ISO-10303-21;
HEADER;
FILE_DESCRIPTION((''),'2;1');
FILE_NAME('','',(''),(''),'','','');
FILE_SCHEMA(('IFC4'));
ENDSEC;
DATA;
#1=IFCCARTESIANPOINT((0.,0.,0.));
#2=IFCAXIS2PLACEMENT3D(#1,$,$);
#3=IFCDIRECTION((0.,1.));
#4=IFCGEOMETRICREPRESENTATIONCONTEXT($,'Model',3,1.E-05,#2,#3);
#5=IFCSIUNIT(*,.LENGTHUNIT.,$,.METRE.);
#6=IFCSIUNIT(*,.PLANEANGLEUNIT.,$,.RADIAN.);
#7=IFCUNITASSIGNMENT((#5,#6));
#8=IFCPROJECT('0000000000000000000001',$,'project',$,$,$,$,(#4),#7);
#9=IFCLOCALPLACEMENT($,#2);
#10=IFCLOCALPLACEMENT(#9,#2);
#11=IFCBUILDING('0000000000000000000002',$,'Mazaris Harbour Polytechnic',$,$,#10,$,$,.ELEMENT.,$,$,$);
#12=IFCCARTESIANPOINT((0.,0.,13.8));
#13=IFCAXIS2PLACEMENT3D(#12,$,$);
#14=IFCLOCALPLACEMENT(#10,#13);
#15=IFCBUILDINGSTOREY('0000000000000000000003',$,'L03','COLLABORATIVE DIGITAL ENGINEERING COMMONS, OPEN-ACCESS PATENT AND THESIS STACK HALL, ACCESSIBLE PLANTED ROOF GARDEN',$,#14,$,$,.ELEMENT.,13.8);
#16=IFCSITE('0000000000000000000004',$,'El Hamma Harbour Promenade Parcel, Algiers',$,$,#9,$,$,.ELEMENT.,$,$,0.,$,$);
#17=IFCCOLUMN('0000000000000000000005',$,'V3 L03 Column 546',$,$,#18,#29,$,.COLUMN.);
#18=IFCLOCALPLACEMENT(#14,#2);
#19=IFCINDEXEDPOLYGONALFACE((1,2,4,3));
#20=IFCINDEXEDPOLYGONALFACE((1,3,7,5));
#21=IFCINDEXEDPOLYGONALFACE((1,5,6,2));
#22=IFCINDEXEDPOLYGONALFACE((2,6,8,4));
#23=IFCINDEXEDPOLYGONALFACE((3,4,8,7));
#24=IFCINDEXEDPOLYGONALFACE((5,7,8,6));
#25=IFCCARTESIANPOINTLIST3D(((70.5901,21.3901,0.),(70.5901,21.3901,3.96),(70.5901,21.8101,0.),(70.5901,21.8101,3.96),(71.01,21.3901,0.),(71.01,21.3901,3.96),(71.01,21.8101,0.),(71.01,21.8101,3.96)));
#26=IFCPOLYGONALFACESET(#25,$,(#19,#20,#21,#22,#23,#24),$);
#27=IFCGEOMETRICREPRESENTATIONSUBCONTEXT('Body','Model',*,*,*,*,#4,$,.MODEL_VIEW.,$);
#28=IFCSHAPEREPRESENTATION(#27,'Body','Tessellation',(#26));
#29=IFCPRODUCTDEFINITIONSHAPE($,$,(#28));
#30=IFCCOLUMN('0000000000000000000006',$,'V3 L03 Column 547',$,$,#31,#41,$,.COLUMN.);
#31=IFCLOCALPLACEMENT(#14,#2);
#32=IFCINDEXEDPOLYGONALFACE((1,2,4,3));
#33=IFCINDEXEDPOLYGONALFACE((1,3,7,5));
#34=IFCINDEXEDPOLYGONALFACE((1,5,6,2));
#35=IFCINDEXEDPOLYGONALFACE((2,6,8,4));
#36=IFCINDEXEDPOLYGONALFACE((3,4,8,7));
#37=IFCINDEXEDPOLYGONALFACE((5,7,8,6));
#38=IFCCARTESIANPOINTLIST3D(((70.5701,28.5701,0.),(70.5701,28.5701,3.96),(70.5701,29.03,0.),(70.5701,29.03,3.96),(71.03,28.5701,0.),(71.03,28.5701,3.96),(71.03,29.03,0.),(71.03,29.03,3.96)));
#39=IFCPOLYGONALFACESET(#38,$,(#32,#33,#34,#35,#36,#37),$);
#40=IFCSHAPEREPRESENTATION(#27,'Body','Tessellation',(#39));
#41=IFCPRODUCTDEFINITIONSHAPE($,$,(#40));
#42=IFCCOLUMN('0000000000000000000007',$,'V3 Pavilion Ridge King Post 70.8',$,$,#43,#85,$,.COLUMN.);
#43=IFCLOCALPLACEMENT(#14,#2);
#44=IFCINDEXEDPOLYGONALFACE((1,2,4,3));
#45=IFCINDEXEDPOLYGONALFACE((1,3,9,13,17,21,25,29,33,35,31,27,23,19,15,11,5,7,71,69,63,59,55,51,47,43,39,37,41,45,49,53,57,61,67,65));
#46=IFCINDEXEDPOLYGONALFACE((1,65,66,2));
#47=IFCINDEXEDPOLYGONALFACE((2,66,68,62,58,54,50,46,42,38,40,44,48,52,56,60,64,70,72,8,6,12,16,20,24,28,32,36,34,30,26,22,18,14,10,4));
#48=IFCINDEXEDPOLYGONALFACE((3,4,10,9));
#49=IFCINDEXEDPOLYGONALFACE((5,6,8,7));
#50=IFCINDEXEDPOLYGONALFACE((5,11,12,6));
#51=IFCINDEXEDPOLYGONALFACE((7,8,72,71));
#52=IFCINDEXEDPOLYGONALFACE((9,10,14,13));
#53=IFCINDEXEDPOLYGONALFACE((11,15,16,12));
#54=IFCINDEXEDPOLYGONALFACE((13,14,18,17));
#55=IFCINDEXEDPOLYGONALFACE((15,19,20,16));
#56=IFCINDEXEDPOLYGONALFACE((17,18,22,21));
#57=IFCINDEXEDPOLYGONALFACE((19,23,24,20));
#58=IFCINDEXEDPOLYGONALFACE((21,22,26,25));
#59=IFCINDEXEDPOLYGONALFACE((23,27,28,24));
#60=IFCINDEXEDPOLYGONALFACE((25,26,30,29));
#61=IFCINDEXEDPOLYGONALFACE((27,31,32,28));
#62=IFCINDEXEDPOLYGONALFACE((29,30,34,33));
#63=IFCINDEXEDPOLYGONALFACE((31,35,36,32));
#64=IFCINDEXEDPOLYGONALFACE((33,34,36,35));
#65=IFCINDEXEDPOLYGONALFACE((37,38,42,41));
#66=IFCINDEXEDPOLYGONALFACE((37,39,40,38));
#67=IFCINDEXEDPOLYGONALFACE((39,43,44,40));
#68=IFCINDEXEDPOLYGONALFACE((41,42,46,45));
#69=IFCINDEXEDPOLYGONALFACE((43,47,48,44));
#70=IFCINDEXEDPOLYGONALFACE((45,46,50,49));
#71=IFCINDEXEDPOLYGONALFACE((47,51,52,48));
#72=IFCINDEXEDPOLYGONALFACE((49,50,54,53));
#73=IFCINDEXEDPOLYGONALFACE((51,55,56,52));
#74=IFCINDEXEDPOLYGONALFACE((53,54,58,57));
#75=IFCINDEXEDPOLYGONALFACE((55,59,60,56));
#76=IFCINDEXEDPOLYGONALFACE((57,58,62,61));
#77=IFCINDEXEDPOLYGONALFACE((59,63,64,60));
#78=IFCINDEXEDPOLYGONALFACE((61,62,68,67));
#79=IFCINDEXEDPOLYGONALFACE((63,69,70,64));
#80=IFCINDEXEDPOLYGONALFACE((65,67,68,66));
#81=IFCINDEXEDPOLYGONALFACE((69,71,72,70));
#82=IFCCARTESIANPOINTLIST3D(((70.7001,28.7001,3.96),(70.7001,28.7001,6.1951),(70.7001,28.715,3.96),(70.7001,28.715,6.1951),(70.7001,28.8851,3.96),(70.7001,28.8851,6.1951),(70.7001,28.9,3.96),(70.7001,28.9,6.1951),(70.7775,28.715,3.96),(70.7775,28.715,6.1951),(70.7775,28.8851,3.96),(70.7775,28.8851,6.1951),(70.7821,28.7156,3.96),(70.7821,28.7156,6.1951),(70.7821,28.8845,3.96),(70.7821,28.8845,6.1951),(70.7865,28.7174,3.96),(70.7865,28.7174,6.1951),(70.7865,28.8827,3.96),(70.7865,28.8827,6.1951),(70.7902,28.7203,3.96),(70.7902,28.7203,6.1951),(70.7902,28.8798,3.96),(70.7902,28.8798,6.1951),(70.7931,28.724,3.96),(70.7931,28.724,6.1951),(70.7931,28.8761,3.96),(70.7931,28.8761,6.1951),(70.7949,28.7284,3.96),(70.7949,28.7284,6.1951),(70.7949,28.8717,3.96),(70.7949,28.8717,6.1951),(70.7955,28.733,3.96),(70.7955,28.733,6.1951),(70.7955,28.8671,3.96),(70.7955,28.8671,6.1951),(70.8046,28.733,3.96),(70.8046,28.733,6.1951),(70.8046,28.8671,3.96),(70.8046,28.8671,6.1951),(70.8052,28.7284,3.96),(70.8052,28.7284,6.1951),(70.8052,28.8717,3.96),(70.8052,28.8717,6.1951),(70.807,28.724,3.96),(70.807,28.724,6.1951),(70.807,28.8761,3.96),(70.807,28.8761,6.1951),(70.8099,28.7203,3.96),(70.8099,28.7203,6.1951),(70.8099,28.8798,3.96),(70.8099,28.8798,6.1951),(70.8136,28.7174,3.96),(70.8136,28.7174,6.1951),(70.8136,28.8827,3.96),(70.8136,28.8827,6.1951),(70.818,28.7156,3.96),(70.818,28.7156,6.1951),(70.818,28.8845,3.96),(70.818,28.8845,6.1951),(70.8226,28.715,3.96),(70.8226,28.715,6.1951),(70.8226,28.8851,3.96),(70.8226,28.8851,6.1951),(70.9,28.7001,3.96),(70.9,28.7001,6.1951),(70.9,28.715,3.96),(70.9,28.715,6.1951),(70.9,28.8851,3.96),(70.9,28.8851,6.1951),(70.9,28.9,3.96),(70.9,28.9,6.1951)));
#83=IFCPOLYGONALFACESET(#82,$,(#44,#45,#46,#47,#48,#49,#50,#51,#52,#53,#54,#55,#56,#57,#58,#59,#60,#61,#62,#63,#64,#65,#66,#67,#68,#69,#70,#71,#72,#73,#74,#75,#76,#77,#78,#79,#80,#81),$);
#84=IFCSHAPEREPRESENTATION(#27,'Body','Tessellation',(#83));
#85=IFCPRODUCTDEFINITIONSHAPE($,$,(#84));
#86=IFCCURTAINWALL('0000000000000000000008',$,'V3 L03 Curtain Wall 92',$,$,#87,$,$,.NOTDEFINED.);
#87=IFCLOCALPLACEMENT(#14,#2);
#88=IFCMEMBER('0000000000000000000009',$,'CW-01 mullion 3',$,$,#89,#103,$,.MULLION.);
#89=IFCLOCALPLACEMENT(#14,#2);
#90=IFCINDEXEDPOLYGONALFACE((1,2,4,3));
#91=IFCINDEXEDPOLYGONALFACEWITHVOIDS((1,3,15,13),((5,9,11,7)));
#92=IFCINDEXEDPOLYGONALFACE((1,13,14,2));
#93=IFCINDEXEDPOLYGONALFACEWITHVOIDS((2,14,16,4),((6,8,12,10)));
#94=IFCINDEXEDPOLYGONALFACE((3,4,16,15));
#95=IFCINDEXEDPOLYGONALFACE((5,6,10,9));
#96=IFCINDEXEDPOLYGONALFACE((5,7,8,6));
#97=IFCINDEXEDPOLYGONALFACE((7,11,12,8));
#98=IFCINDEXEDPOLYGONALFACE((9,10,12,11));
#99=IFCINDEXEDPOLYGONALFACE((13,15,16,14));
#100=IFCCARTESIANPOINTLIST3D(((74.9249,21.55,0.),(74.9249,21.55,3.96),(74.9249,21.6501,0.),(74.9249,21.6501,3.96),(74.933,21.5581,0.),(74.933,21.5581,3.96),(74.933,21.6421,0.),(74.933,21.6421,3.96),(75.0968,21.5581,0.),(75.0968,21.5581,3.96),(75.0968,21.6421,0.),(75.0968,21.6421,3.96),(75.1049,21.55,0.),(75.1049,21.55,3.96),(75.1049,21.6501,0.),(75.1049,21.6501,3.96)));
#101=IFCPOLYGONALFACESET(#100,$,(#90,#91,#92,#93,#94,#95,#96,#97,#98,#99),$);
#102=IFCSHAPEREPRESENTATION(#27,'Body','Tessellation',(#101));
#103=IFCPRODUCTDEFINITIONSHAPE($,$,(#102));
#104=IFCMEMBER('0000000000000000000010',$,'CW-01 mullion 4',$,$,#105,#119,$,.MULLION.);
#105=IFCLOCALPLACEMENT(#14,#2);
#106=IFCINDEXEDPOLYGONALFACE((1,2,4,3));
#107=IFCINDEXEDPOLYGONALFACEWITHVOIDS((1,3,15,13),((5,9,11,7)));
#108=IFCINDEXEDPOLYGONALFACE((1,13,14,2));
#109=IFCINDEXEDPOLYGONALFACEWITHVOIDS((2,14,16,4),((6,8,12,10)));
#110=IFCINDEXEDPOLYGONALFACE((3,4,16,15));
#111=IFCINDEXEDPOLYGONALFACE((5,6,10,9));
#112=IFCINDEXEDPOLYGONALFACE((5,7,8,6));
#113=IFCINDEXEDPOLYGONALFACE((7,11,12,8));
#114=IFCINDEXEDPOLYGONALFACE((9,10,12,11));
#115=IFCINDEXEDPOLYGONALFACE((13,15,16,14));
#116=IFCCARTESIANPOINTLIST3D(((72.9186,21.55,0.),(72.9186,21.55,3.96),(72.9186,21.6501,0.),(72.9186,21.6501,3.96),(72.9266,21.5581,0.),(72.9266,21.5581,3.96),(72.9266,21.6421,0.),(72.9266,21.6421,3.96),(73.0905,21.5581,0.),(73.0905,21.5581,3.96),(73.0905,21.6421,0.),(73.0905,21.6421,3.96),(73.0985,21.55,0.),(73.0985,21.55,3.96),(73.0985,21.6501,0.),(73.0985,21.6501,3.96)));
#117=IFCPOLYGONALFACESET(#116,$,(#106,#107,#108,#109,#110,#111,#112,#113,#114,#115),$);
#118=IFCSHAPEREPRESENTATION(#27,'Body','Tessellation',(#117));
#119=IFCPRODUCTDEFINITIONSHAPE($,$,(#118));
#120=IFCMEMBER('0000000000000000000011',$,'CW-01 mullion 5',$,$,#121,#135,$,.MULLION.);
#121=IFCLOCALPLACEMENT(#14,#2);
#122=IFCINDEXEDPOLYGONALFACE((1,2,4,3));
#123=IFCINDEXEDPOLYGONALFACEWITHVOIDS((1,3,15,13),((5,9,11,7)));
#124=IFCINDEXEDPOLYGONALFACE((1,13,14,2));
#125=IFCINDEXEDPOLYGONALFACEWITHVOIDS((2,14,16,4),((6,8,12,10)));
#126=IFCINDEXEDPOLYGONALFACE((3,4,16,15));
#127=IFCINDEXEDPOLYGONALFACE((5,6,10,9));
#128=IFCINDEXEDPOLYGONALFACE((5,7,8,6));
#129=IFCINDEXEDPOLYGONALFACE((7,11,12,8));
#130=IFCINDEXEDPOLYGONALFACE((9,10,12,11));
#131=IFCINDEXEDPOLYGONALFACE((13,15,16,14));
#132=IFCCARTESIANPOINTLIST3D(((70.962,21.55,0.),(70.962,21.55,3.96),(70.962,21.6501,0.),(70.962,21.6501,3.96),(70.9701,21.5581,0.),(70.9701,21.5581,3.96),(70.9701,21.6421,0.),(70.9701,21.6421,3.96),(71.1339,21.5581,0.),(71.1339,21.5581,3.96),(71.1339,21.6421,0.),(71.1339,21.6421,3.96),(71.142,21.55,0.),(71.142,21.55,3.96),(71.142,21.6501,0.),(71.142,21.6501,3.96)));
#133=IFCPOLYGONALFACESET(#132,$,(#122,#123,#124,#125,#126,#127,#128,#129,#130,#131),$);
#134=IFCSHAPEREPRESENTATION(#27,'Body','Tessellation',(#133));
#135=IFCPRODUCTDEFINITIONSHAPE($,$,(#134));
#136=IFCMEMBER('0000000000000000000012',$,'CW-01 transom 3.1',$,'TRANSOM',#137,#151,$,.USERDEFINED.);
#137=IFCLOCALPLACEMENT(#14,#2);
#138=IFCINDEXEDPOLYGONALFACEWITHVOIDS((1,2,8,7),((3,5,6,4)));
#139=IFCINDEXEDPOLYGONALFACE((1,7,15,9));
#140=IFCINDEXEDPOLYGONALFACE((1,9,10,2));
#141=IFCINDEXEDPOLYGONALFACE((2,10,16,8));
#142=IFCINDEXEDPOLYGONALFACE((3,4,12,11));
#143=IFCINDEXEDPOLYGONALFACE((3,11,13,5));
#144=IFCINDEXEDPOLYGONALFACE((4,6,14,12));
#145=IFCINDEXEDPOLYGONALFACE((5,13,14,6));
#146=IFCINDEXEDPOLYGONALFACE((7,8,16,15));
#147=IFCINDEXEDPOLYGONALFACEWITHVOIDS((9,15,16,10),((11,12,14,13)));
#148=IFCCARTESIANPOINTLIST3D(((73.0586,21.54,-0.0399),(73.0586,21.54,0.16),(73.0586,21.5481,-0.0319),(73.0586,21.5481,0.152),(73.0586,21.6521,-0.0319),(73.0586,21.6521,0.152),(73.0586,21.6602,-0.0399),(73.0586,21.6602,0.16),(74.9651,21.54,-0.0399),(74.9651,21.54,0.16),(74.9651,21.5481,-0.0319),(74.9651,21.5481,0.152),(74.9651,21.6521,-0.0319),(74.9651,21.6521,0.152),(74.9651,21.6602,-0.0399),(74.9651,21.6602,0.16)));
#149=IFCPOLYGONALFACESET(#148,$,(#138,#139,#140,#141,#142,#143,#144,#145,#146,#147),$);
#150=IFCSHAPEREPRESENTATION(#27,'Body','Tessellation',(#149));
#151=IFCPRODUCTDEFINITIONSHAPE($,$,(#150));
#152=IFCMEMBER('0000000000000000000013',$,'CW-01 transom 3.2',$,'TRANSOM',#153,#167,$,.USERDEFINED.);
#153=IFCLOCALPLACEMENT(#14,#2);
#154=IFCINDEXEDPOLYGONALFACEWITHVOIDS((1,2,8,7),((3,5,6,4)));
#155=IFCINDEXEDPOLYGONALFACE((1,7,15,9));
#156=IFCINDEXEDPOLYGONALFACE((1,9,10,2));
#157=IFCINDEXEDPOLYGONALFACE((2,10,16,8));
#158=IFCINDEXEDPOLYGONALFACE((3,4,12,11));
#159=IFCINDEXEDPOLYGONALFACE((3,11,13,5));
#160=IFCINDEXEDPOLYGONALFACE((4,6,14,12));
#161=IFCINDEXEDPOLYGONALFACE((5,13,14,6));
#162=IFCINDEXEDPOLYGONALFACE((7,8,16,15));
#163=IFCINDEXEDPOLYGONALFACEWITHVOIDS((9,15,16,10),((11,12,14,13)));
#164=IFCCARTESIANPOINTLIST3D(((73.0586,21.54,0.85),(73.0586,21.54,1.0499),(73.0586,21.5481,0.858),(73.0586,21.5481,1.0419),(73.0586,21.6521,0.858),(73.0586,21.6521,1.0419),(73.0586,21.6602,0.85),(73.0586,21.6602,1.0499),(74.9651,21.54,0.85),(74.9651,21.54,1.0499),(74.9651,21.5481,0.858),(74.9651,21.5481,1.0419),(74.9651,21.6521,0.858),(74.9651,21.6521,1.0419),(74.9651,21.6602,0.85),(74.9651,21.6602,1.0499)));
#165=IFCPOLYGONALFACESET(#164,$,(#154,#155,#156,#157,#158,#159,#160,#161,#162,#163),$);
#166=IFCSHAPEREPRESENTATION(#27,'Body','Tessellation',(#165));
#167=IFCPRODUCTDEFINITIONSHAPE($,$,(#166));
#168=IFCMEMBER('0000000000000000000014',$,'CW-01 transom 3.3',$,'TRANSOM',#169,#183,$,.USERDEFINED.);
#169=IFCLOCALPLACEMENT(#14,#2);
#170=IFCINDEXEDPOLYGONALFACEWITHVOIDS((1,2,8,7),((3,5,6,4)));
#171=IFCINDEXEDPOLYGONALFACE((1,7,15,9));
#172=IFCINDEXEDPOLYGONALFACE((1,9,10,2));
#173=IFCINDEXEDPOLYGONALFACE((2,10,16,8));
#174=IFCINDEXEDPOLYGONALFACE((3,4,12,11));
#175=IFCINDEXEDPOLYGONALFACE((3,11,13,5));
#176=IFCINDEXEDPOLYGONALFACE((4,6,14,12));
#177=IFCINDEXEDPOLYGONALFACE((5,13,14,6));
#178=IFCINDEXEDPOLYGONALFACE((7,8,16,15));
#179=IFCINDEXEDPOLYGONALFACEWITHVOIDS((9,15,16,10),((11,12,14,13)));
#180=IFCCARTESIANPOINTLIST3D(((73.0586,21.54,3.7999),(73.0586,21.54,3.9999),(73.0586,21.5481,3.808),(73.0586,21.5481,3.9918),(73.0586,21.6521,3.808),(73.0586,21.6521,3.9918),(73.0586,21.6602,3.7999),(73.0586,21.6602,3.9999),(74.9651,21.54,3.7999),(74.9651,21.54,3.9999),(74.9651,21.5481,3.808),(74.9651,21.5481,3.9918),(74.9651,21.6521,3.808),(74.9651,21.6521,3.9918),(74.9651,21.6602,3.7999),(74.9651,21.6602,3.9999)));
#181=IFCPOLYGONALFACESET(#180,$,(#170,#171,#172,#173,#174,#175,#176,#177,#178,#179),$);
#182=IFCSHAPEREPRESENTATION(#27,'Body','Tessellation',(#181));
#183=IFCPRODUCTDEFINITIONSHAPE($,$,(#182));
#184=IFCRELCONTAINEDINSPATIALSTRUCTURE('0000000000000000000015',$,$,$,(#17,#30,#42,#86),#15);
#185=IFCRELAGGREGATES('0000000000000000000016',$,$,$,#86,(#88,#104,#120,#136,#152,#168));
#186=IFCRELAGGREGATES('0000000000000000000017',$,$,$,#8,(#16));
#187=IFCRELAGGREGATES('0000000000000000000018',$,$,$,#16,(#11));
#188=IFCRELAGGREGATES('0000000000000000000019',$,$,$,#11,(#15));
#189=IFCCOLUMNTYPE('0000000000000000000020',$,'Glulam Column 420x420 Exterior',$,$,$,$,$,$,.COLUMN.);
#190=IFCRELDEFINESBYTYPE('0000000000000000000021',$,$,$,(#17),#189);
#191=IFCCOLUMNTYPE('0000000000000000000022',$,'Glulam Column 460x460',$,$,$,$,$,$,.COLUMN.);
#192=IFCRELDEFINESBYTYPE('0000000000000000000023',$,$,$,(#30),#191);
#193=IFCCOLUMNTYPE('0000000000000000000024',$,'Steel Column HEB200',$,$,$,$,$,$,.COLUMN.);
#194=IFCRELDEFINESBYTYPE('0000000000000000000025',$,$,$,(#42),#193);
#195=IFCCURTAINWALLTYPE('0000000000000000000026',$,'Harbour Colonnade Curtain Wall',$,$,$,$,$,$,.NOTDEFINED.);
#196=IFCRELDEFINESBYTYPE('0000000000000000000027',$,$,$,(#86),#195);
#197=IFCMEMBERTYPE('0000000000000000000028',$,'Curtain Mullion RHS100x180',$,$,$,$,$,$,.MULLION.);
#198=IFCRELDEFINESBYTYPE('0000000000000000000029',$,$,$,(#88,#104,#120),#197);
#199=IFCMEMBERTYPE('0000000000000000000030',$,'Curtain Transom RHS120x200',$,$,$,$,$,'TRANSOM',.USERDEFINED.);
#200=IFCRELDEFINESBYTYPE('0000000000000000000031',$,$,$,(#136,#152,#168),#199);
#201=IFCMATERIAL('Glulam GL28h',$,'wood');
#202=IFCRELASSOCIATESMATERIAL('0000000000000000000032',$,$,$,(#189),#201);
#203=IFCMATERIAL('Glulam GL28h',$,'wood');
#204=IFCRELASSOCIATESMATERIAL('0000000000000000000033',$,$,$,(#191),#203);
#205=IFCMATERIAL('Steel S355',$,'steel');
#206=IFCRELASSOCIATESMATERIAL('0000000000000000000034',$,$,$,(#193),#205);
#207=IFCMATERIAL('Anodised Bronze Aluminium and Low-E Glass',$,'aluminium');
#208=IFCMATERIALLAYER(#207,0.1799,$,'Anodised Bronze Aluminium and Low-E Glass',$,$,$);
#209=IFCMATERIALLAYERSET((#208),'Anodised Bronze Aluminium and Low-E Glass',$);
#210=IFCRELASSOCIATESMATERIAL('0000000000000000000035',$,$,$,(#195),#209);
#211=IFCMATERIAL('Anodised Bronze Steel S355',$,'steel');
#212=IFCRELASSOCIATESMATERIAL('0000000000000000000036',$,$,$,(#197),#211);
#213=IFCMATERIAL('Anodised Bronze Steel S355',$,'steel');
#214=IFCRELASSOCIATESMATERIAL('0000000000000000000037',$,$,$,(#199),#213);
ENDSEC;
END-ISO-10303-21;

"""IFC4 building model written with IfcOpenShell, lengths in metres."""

from ifc_helpers import new_model, si_unit, direction, frame, origin, origin_2d, place, context, subcontext, project, spatial, rectangle, hollow_rectangle, i_section, extrude, material, layer, layer_set, material_profile, profile_set, type_object, element, aggregate, save


model = new_model("IFC4")

# Units and contexts
model_context = context("Model", 3, precision=1e-05, world=origin(), true_north=direction((0.0, 1.0)))
body_context = subcontext(model_context, "Body", "Model", "MODEL_VIEW")
ifc_project = project(units=[si_unit("LENGTHUNIT", "METRE"), si_unit("PLANEANGLEUNIT", "RADIAN")], contexts=[model_context])

# Site, building, storey
site_placement = place(None, origin())
site = spatial("IfcSite", under=ifc_project, at=site_placement, Name="El Hamma Harbour Promenade Parcel, Algiers", CompositionType="ELEMENT", RefElevation=0.0)
building_placement = place(site_placement, origin())
building = spatial("IfcBuilding", under=site, at=building_placement, Name="Mazaris Harbour Polytechnic", CompositionType="ELEMENT")
storey_placement = place(building_placement, frame((0.0, 0.0, 13.8)))
storey = spatial("IfcBuildingStorey", under=building, at=storey_placement, Name="L03", Description="COLLABORATIVE DIGITAL ENGINEERING COMMONS, OPEN-ACCESS PATENT AND THESIS STACK HALL, ACCESSIBLE PLANTED ROOF GARDEN", CompositionType="ELEMENT", Elevation=13.8)

# Columns
ifc_material_1 = material(Name="Glulam GL28h", Category="wood")
ifc_material_profile_1 = material_profile(ifc_material_1, rectangle(XDim=0.4199, YDim=0.4199, at=origin_2d()), Name="RECT420x420")
ifc_profile_set_1 = profile_set([ifc_material_profile_1], Name="Glulam GL28h")
column_type_1 = type_object("IfcColumnType", Name="Glulam Column 420x420 Exterior", PredefinedType="COLUMN", material=ifc_profile_set_1)
column_1_placement = place(storey_placement, frame((70.8, 21.6001, 0.0), z_axis=(0.0, 0.0, 1.0), x_axis=(1.0, 0.0, 0.0)))
element("IfcColumn", 1, at=column_1_placement, inside=storey, type_object=column_type_1, Name="V3 L03 Column 546", PredefinedType="COLUMN", context=body_context, shape_type="SweptSolid", body=[
    extrude(rectangle(XDim=0.4199, YDim=0.4199, at=origin_2d()), origin(), (0.0, 0.0, 1.0), 3.96),
])
ifc_material_2 = material(Name="Glulam GL28h", Category="wood")
ifc_material_profile_2 = material_profile(ifc_material_2, rectangle(XDim=0.46, YDim=0.46, at=origin_2d()), Name="RECT460x460")
ifc_profile_set_2 = profile_set([ifc_material_profile_2], Name="Glulam GL28h")
column_type_2 = type_object("IfcColumnType", Name="Glulam Column 460x460", PredefinedType="COLUMN", material=ifc_profile_set_2)
column_2_placement = place(storey_placement, frame((70.8, 28.8, 0.0), z_axis=(0.0, 0.0, 1.0), x_axis=(1.0, 0.0, 0.0)))
element("IfcColumn", 2, at=column_2_placement, inside=storey, type_object=column_type_2, Name="V3 L03 Column 547", PredefinedType="COLUMN", context=body_context, shape_type="SweptSolid", body=[
    extrude(rectangle(XDim=0.46, YDim=0.46, at=origin_2d()), origin(), (0.0, 0.0, 1.0), 3.96),
])
ifc_material_3 = material(Name="Steel S355", Category="steel")
ifc_material_profile_3 = material_profile(ifc_material_3, i_section(OverallWidth=0.2, OverallDepth=0.2, WebThickness=0.009, FlangeThickness=0.0149, FilletRadius=0.0181, at=origin_2d()), Name="HEB 200")
ifc_profile_set_3 = profile_set([ifc_material_profile_3], Name="Steel S355")
column_type_3 = type_object("IfcColumnType", Name="Steel Column HEB200", PredefinedType="COLUMN", material=ifc_profile_set_3)
column_3_placement = place(storey_placement, frame((70.8, 28.8, 3.96), z_axis=(0.0, 0.0, 1.0), x_axis=(1.0, 0.0, 0.0)))
element("IfcColumn", 3, at=column_3_placement, inside=storey, type_object=column_type_3, Name="V3 Pavilion Ridge King Post 70.8", PredefinedType="COLUMN", context=body_context, shape_type="SweptSolid", body=[
    extrude(i_section(OverallWidth=0.2, OverallDepth=0.2, WebThickness=0.009, FlangeThickness=0.0149, FilletRadius=0.0181, at=origin_2d()), origin(), (0.0, 0.0, 1.0), 2.2351),
])

# Curtain wall, members
ifc_material_4 = material(Name="Anodised Bronze Aluminium and Low-E Glass", Category="aluminium")
ifc_layer_1 = layer(ifc_material_4, 0.1799, Name="Anodised Bronze Aluminium and Low-E Glass")
ifc_layer_set_1 = layer_set([ifc_layer_1], Name="Anodised Bronze Aluminium and Low-E Glass")
curtain_wall_type = type_object("IfcCurtainWallType", Name="Harbour Colonnade Curtain Wall", PredefinedType="NOTDEFINED", material=ifc_layer_set_1)
curtain_wall_placement = place(storey_placement, origin())
curtain_wall = element("IfcCurtainWall", 4, at=curtain_wall_placement, inside=storey, type_object=curtain_wall_type, Name="V3 L03 Curtain Wall 92", PredefinedType="NOTDEFINED")
ifc_material_5 = material(Name="Anodised Bronze Steel S355", Category="steel")
ifc_material_profile_4 = material_profile(ifc_material_5, hollow_rectangle(XDim=0.1001, YDim=0.1799, WallThickness=0.0081, at=origin_2d()), Name="RHS 100x180x8.0")
ifc_profile_set_4 = profile_set([ifc_material_profile_4], Name="Anodised Bronze Steel S355")
member_type_1 = type_object("IfcMemberType", Name="Curtain Mullion RHS100x180", PredefinedType="MULLION", material=ifc_profile_set_4)
member_1_placement = place(storey_placement, frame((75.0149, 21.6001, 0.0), z_axis=(0.0, 0.0, 1.0), x_axis=(0.0, -1.0, 0.0)))
member_1 = element("IfcMember", 5, at=member_1_placement, type_object=member_type_1, Name="CW-01 mullion 3", PredefinedType="MULLION", context=body_context, shape_type="SweptSolid", body=[
    extrude(hollow_rectangle(XDim=0.1001, YDim=0.1799, WallThickness=0.0081, at=origin_2d()), origin(), (0.0, 0.0, 1.0), 3.96),
])
member_2_placement = place(storey_placement, frame((73.0085, 21.6001, 0.0), z_axis=(0.0, 0.0, 1.0), x_axis=(0.0, -1.0, 0.0)))
member_2 = element("IfcMember", 6, at=member_2_placement, type_object=member_type_1, Name="CW-01 mullion 4", PredefinedType="MULLION", context=body_context, shape_type="SweptSolid", body=[
    extrude(hollow_rectangle(XDim=0.1001, YDim=0.1799, WallThickness=0.0081, at=origin_2d()), origin(), (0.0, 0.0, 1.0), 3.96),
])
member_3_placement = place(storey_placement, frame((71.052, 21.6001, 0.0), z_axis=(0.0, 0.0, 1.0), x_axis=(0.0, -1.0, 0.0)))
member_3 = element("IfcMember", 7, at=member_3_placement, type_object=member_type_1, Name="CW-01 mullion 5", PredefinedType="MULLION", context=body_context, shape_type="SweptSolid", body=[
    extrude(hollow_rectangle(XDim=0.1001, YDim=0.1799, WallThickness=0.0081, at=origin_2d()), origin(), (0.0, 0.0, 1.0), 3.96),
])
ifc_material_6 = material(Name="Anodised Bronze Steel S355", Category="steel")
ifc_material_profile_5 = material_profile(ifc_material_6, hollow_rectangle(XDim=0.1201, YDim=0.2, WallThickness=0.0081, at=origin_2d()), Name="RHS 120x200x8.0")
ifc_profile_set_5 = profile_set([ifc_material_profile_5], Name="Anodised Bronze Steel S355")
member_type_2 = type_object("IfcMemberType", Name="Curtain Transom RHS120x200", ElementType="TRANSOM", PredefinedType="USERDEFINED", material=ifc_profile_set_5)
member_4_placement = place(storey_placement, frame((74.9651, 21.6001, 0.0601), z_axis=(-1.0, 0.0, 0.0), x_axis=(0.0, -1.0, 0.0)))
member_4 = element("IfcMember", 8, at=member_4_placement, type_object=member_type_2, Name="CW-01 transom 3.1", ObjectType="TRANSOM", PredefinedType="USERDEFINED", context=body_context, shape_type="SweptSolid", body=[
    extrude(hollow_rectangle(XDim=0.1201, YDim=0.2, WallThickness=0.0081, at=origin_2d()), origin(), (0.0, 0.0, 1.0), 1.9065),
])
member_5_placement = place(storey_placement, frame((74.9651, 21.6001, 0.95), z_axis=(-1.0, 0.0, 0.0), x_axis=(0.0, -1.0, 0.0)))
member_5 = element("IfcMember", 9, at=member_5_placement, type_object=member_type_2, Name="CW-01 transom 3.2", ObjectType="TRANSOM", PredefinedType="USERDEFINED", context=body_context, shape_type="SweptSolid", body=[
    extrude(hollow_rectangle(XDim=0.1201, YDim=0.2, WallThickness=0.0081, at=origin_2d()), origin(), (0.0, 0.0, 1.0), 1.9065),
])
member_6_placement = place(storey_placement, frame((74.9651, 21.6001, 3.8999), z_axis=(-1.0, 0.0, 0.0), x_axis=(0.0, -1.0, 0.0)))
member_6 = element("IfcMember", 10, at=member_6_placement, type_object=member_type_2, Name="CW-01 transom 3.3", ObjectType="TRANSOM", PredefinedType="USERDEFINED", context=body_context, shape_type="SweptSolid", body=[
    extrude(hollow_rectangle(XDim=0.1201, YDim=0.2, WallThickness=0.0081, at=origin_2d()), origin(), (0.0, 0.0, 1.0), 1.9065),
])

aggregate(curtain_wall, [member_1, member_2, member_3, member_4, member_5, member_6])

save(model, "model.ifc")
